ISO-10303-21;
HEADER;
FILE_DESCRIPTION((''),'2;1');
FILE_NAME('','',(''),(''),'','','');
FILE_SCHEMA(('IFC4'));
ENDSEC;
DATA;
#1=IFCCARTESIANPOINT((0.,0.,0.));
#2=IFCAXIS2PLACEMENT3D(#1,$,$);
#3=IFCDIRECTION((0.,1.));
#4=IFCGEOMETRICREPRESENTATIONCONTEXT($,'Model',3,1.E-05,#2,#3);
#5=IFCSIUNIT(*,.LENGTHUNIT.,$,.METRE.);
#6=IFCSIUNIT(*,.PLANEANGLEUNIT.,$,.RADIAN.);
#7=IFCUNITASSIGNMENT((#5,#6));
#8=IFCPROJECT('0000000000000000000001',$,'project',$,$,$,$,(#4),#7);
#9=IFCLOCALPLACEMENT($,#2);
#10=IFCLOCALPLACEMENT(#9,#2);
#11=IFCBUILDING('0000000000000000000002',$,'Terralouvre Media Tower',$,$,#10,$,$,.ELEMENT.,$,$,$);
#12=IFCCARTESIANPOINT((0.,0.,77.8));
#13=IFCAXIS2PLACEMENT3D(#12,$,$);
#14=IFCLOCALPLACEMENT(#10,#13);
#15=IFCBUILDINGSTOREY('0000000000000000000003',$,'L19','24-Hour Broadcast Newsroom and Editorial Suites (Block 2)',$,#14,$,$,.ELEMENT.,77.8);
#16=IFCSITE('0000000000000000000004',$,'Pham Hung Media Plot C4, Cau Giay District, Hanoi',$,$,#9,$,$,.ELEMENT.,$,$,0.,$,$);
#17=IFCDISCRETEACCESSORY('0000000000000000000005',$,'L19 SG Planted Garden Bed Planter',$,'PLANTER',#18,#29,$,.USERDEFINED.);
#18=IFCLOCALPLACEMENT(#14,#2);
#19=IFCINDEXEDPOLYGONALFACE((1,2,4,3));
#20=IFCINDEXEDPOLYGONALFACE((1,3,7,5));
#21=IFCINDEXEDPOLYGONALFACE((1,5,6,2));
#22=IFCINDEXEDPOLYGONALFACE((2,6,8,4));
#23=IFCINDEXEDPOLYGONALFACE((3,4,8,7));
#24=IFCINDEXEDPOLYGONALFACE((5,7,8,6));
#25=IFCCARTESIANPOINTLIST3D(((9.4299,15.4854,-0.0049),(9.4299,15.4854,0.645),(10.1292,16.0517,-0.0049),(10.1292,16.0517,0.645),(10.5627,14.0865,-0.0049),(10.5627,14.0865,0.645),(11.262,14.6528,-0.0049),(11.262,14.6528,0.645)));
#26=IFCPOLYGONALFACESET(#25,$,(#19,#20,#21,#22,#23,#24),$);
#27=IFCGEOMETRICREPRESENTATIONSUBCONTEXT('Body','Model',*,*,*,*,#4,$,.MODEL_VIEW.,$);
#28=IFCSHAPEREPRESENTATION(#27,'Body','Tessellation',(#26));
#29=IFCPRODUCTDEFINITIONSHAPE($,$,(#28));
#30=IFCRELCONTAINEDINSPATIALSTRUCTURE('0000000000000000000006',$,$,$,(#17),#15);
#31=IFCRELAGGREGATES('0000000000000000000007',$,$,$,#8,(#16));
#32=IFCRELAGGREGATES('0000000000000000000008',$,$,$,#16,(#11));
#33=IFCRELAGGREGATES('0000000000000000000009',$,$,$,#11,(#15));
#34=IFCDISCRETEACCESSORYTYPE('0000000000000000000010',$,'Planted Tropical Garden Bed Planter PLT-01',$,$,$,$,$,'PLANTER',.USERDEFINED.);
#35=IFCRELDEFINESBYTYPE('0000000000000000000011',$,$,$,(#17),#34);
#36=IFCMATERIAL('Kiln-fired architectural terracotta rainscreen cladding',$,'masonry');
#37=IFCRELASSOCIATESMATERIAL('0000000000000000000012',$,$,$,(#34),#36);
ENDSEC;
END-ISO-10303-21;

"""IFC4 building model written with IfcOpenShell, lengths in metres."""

from ifc_helpers import new_model, si_unit, direction, frame, origin, origin_2d, place, context, subcontext, project, spatial, rectangle, extrude, material, type_object, element, save


model = new_model("IFC4")

# Units and contexts
model_context = context("Model", 3, precision=1e-05, world=origin(), true_north=direction((0.0, 1.0)))
body_context = subcontext(model_context, "Body", "Model", "MODEL_VIEW")
ifc_project = project(units=[si_unit("LENGTHUNIT", "METRE"), si_unit("PLANEANGLEUNIT", "RADIAN")], contexts=[model_context])

# Site, building, storey
site_placement = place(None, origin())
site = spatial("IfcSite", under=ifc_project, at=site_placement, Name="Pham Hung Media Plot C4, Cau Giay District, Hanoi", CompositionType="ELEMENT", RefElevation=0.0)
building_placement = place(site_placement, origin())
building = spatial("IfcBuilding", under=site, at=building_placement, Name="Terralouvre Media Tower", CompositionType="ELEMENT")
storey_placement = place(building_placement, frame((0.0, 0.0, 77.8)))
storey = spatial("IfcBuildingStorey", under=building, at=storey_placement, Name="L19", Description="24-Hour Broadcast Newsroom and Editorial Suites (Block 2)", CompositionType="ELEMENT", Elevation=77.8)

# Discrete accessory
ifc_material_1 = material(Name="Kiln-fired architectural terracotta rainscreen cladding", Category="masonry")
discrete_accessory_type_1 = type_object("IfcDiscreteAccessoryType", Name="Planted Tropical Garden Bed Planter PLT-01", ElementType="PLANTER", PredefinedType="USERDEFINED", material=ifc_material_1)
discrete_accessory_placement = place(storey_placement, frame((10.3459, 15.0691, -0.0049), z_axis=(0.0, 0.0, 1.0), x_axis=(-0.62932, 0.777146, 0.0)))
element("IfcDiscreteAccessory", 1, at=discrete_accessory_placement, inside=storey, type_object=discrete_accessory_type_1, Name="L19 SG Planted Garden Bed Planter", ObjectType="PLANTER", PredefinedType="USERDEFINED", context=body_context, shape_type="SweptSolid", body=[
    extrude(rectangle(XDim=1.8, YDim=0.8999, at=origin_2d()), origin(), (0.0, 0.0, 1.0), 0.6499),
])

save(model, "model.ifc")
